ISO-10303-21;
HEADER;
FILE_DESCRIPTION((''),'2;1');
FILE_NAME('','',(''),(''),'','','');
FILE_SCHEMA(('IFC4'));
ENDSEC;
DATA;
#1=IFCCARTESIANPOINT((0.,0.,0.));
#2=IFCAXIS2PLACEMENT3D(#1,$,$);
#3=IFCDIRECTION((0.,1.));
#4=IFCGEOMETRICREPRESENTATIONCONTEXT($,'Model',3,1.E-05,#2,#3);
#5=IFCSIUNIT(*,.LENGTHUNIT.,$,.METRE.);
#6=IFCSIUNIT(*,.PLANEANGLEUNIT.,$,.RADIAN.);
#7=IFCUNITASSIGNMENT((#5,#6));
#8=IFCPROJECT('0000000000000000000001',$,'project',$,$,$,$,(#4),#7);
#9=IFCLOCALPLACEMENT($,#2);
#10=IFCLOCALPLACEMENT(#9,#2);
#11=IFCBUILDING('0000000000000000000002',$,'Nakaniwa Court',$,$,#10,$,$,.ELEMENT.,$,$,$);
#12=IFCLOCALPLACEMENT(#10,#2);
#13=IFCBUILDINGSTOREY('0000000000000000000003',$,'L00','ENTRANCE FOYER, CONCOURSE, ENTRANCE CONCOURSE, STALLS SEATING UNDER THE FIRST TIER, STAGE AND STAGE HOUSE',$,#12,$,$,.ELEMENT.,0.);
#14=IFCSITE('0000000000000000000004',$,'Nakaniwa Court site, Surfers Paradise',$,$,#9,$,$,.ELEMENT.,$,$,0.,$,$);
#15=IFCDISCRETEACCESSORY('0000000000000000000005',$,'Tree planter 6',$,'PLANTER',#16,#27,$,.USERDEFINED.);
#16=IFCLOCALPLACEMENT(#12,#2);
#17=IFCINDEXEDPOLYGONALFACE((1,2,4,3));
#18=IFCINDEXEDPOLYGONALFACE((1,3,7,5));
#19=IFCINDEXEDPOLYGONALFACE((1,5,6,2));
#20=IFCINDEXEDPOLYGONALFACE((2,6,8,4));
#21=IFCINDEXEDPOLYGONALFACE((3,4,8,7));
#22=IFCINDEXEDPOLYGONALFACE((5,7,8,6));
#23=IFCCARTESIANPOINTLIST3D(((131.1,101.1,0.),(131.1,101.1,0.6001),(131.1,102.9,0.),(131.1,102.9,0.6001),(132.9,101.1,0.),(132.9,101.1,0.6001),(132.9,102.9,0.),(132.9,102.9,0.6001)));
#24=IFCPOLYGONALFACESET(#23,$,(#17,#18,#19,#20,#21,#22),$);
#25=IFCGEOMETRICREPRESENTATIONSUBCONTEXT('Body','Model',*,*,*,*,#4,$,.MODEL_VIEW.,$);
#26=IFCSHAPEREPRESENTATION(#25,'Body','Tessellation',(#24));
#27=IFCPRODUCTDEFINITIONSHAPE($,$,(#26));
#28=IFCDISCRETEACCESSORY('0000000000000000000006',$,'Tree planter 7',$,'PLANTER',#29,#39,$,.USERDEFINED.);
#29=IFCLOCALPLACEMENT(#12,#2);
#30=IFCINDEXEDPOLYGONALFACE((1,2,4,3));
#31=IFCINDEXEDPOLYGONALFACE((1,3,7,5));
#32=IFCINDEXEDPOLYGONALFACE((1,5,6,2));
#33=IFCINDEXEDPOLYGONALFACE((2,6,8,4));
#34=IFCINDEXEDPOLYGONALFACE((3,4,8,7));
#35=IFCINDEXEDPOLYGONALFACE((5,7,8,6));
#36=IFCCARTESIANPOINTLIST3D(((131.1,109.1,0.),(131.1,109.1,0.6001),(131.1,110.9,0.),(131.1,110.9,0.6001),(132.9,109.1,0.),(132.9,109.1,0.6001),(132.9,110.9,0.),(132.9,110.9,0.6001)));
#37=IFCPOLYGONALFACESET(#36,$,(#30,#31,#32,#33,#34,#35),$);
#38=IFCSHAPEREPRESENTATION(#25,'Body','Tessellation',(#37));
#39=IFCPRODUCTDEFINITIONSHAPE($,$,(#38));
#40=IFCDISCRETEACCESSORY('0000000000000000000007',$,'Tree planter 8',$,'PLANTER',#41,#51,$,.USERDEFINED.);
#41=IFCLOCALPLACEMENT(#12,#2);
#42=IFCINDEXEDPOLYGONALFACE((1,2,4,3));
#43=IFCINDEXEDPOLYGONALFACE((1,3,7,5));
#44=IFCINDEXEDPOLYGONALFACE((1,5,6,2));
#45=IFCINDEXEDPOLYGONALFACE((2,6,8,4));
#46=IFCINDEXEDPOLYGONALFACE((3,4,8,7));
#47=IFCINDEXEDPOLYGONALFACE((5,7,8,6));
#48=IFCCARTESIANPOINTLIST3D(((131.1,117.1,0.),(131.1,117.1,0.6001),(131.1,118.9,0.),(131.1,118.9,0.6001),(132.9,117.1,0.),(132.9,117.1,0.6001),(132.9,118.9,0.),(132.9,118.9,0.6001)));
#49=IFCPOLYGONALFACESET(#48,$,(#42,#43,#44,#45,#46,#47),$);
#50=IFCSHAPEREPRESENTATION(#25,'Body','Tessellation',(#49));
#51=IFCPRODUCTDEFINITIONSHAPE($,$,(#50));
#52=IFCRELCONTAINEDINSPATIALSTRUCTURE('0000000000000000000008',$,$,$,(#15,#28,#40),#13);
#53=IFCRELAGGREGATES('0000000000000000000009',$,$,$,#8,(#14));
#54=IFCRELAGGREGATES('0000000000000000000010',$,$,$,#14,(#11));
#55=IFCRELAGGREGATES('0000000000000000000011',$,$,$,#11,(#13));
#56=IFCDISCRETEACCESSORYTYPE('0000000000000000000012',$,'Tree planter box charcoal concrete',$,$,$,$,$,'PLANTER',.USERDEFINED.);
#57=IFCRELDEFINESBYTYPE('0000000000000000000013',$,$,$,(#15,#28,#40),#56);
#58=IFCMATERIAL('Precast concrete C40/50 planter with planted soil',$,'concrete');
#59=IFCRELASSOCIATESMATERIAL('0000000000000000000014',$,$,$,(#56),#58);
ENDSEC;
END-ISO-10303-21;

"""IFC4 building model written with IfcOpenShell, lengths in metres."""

from ifc_helpers import new_model, si_unit, direction, frame, origin, origin_2d, place, context, subcontext, project, spatial, rectangle, extrude, material, type_object, element, save


model = new_model("IFC4")

# Units and contexts
model_context = context("Model", 3, precision=1e-05, world=origin(), true_north=direction((0.0, 1.0)))
body_context = subcontext(model_context, "Body", "Model", "MODEL_VIEW")
ifc_project = project(units=[si_unit("LENGTHUNIT", "METRE"), si_unit("PLANEANGLEUNIT", "RADIAN")], contexts=[model_context])

# Site, building, storey
site_placement = place(None, origin())
site = spatial("IfcSite", under=ifc_project, at=site_placement, Name="Nakaniwa Court site, Surfers Paradise", CompositionType="ELEMENT", RefElevation=0.0)
building_placement = place(site_placement, origin())
building = spatial("IfcBuilding", under=site, at=building_placement, Name="Nakaniwa Court", CompositionType="ELEMENT")
storey_placement = place(building_placement, origin())
storey = spatial("IfcBuildingStorey", under=building, at=storey_placement, Name="L00", Description="ENTRANCE FOYER, CONCOURSE, ENTRANCE CONCOURSE, STALLS SEATING UNDER THE FIRST TIER, STAGE AND STAGE HOUSE", CompositionType="ELEMENT", Elevation=0.0)

# Discrete accessories
ifc_material_1 = material(Name="Precast concrete C40/50 planter with planted soil", Category="concrete")
discrete_accessory_type = type_object("IfcDiscreteAccessoryType", Name="Tree planter box charcoal concrete", ElementType="PLANTER", PredefinedType="USERDEFINED", material=ifc_material_1)
for number, where, z_axis, x_axis, name in (
    (1, (132.0, 102.0, 0.0), (0.0, 0.0, 1.0), (1.0, 0.0, 0.0), "Tree planter 6"),
    (2, (132.0, 110.0, 0.0), (0.0, 0.0, 1.0), (1.0, 0.0, 0.0), "Tree planter 7"),
    (3, (132.0, 118.0, 0.0), (0.0, 0.0, 1.0), (1.0, 0.0, 0.0), "Tree planter 8"),
):
    element("IfcDiscreteAccessory", number, at=place(storey_placement, frame(where, z_axis=z_axis, x_axis=x_axis)), inside=storey, type_object=discrete_accessory_type, Name=name, ObjectType="PLANTER", PredefinedType="USERDEFINED", context=body_context, shape_type="SweptSolid", body=[
        extrude(rectangle(XDim=1.8, YDim=1.8, at=origin_2d()), origin(), (0.0, 0.0, 1.0), 0.6001),
    ])

save(model, "model.ifc")
